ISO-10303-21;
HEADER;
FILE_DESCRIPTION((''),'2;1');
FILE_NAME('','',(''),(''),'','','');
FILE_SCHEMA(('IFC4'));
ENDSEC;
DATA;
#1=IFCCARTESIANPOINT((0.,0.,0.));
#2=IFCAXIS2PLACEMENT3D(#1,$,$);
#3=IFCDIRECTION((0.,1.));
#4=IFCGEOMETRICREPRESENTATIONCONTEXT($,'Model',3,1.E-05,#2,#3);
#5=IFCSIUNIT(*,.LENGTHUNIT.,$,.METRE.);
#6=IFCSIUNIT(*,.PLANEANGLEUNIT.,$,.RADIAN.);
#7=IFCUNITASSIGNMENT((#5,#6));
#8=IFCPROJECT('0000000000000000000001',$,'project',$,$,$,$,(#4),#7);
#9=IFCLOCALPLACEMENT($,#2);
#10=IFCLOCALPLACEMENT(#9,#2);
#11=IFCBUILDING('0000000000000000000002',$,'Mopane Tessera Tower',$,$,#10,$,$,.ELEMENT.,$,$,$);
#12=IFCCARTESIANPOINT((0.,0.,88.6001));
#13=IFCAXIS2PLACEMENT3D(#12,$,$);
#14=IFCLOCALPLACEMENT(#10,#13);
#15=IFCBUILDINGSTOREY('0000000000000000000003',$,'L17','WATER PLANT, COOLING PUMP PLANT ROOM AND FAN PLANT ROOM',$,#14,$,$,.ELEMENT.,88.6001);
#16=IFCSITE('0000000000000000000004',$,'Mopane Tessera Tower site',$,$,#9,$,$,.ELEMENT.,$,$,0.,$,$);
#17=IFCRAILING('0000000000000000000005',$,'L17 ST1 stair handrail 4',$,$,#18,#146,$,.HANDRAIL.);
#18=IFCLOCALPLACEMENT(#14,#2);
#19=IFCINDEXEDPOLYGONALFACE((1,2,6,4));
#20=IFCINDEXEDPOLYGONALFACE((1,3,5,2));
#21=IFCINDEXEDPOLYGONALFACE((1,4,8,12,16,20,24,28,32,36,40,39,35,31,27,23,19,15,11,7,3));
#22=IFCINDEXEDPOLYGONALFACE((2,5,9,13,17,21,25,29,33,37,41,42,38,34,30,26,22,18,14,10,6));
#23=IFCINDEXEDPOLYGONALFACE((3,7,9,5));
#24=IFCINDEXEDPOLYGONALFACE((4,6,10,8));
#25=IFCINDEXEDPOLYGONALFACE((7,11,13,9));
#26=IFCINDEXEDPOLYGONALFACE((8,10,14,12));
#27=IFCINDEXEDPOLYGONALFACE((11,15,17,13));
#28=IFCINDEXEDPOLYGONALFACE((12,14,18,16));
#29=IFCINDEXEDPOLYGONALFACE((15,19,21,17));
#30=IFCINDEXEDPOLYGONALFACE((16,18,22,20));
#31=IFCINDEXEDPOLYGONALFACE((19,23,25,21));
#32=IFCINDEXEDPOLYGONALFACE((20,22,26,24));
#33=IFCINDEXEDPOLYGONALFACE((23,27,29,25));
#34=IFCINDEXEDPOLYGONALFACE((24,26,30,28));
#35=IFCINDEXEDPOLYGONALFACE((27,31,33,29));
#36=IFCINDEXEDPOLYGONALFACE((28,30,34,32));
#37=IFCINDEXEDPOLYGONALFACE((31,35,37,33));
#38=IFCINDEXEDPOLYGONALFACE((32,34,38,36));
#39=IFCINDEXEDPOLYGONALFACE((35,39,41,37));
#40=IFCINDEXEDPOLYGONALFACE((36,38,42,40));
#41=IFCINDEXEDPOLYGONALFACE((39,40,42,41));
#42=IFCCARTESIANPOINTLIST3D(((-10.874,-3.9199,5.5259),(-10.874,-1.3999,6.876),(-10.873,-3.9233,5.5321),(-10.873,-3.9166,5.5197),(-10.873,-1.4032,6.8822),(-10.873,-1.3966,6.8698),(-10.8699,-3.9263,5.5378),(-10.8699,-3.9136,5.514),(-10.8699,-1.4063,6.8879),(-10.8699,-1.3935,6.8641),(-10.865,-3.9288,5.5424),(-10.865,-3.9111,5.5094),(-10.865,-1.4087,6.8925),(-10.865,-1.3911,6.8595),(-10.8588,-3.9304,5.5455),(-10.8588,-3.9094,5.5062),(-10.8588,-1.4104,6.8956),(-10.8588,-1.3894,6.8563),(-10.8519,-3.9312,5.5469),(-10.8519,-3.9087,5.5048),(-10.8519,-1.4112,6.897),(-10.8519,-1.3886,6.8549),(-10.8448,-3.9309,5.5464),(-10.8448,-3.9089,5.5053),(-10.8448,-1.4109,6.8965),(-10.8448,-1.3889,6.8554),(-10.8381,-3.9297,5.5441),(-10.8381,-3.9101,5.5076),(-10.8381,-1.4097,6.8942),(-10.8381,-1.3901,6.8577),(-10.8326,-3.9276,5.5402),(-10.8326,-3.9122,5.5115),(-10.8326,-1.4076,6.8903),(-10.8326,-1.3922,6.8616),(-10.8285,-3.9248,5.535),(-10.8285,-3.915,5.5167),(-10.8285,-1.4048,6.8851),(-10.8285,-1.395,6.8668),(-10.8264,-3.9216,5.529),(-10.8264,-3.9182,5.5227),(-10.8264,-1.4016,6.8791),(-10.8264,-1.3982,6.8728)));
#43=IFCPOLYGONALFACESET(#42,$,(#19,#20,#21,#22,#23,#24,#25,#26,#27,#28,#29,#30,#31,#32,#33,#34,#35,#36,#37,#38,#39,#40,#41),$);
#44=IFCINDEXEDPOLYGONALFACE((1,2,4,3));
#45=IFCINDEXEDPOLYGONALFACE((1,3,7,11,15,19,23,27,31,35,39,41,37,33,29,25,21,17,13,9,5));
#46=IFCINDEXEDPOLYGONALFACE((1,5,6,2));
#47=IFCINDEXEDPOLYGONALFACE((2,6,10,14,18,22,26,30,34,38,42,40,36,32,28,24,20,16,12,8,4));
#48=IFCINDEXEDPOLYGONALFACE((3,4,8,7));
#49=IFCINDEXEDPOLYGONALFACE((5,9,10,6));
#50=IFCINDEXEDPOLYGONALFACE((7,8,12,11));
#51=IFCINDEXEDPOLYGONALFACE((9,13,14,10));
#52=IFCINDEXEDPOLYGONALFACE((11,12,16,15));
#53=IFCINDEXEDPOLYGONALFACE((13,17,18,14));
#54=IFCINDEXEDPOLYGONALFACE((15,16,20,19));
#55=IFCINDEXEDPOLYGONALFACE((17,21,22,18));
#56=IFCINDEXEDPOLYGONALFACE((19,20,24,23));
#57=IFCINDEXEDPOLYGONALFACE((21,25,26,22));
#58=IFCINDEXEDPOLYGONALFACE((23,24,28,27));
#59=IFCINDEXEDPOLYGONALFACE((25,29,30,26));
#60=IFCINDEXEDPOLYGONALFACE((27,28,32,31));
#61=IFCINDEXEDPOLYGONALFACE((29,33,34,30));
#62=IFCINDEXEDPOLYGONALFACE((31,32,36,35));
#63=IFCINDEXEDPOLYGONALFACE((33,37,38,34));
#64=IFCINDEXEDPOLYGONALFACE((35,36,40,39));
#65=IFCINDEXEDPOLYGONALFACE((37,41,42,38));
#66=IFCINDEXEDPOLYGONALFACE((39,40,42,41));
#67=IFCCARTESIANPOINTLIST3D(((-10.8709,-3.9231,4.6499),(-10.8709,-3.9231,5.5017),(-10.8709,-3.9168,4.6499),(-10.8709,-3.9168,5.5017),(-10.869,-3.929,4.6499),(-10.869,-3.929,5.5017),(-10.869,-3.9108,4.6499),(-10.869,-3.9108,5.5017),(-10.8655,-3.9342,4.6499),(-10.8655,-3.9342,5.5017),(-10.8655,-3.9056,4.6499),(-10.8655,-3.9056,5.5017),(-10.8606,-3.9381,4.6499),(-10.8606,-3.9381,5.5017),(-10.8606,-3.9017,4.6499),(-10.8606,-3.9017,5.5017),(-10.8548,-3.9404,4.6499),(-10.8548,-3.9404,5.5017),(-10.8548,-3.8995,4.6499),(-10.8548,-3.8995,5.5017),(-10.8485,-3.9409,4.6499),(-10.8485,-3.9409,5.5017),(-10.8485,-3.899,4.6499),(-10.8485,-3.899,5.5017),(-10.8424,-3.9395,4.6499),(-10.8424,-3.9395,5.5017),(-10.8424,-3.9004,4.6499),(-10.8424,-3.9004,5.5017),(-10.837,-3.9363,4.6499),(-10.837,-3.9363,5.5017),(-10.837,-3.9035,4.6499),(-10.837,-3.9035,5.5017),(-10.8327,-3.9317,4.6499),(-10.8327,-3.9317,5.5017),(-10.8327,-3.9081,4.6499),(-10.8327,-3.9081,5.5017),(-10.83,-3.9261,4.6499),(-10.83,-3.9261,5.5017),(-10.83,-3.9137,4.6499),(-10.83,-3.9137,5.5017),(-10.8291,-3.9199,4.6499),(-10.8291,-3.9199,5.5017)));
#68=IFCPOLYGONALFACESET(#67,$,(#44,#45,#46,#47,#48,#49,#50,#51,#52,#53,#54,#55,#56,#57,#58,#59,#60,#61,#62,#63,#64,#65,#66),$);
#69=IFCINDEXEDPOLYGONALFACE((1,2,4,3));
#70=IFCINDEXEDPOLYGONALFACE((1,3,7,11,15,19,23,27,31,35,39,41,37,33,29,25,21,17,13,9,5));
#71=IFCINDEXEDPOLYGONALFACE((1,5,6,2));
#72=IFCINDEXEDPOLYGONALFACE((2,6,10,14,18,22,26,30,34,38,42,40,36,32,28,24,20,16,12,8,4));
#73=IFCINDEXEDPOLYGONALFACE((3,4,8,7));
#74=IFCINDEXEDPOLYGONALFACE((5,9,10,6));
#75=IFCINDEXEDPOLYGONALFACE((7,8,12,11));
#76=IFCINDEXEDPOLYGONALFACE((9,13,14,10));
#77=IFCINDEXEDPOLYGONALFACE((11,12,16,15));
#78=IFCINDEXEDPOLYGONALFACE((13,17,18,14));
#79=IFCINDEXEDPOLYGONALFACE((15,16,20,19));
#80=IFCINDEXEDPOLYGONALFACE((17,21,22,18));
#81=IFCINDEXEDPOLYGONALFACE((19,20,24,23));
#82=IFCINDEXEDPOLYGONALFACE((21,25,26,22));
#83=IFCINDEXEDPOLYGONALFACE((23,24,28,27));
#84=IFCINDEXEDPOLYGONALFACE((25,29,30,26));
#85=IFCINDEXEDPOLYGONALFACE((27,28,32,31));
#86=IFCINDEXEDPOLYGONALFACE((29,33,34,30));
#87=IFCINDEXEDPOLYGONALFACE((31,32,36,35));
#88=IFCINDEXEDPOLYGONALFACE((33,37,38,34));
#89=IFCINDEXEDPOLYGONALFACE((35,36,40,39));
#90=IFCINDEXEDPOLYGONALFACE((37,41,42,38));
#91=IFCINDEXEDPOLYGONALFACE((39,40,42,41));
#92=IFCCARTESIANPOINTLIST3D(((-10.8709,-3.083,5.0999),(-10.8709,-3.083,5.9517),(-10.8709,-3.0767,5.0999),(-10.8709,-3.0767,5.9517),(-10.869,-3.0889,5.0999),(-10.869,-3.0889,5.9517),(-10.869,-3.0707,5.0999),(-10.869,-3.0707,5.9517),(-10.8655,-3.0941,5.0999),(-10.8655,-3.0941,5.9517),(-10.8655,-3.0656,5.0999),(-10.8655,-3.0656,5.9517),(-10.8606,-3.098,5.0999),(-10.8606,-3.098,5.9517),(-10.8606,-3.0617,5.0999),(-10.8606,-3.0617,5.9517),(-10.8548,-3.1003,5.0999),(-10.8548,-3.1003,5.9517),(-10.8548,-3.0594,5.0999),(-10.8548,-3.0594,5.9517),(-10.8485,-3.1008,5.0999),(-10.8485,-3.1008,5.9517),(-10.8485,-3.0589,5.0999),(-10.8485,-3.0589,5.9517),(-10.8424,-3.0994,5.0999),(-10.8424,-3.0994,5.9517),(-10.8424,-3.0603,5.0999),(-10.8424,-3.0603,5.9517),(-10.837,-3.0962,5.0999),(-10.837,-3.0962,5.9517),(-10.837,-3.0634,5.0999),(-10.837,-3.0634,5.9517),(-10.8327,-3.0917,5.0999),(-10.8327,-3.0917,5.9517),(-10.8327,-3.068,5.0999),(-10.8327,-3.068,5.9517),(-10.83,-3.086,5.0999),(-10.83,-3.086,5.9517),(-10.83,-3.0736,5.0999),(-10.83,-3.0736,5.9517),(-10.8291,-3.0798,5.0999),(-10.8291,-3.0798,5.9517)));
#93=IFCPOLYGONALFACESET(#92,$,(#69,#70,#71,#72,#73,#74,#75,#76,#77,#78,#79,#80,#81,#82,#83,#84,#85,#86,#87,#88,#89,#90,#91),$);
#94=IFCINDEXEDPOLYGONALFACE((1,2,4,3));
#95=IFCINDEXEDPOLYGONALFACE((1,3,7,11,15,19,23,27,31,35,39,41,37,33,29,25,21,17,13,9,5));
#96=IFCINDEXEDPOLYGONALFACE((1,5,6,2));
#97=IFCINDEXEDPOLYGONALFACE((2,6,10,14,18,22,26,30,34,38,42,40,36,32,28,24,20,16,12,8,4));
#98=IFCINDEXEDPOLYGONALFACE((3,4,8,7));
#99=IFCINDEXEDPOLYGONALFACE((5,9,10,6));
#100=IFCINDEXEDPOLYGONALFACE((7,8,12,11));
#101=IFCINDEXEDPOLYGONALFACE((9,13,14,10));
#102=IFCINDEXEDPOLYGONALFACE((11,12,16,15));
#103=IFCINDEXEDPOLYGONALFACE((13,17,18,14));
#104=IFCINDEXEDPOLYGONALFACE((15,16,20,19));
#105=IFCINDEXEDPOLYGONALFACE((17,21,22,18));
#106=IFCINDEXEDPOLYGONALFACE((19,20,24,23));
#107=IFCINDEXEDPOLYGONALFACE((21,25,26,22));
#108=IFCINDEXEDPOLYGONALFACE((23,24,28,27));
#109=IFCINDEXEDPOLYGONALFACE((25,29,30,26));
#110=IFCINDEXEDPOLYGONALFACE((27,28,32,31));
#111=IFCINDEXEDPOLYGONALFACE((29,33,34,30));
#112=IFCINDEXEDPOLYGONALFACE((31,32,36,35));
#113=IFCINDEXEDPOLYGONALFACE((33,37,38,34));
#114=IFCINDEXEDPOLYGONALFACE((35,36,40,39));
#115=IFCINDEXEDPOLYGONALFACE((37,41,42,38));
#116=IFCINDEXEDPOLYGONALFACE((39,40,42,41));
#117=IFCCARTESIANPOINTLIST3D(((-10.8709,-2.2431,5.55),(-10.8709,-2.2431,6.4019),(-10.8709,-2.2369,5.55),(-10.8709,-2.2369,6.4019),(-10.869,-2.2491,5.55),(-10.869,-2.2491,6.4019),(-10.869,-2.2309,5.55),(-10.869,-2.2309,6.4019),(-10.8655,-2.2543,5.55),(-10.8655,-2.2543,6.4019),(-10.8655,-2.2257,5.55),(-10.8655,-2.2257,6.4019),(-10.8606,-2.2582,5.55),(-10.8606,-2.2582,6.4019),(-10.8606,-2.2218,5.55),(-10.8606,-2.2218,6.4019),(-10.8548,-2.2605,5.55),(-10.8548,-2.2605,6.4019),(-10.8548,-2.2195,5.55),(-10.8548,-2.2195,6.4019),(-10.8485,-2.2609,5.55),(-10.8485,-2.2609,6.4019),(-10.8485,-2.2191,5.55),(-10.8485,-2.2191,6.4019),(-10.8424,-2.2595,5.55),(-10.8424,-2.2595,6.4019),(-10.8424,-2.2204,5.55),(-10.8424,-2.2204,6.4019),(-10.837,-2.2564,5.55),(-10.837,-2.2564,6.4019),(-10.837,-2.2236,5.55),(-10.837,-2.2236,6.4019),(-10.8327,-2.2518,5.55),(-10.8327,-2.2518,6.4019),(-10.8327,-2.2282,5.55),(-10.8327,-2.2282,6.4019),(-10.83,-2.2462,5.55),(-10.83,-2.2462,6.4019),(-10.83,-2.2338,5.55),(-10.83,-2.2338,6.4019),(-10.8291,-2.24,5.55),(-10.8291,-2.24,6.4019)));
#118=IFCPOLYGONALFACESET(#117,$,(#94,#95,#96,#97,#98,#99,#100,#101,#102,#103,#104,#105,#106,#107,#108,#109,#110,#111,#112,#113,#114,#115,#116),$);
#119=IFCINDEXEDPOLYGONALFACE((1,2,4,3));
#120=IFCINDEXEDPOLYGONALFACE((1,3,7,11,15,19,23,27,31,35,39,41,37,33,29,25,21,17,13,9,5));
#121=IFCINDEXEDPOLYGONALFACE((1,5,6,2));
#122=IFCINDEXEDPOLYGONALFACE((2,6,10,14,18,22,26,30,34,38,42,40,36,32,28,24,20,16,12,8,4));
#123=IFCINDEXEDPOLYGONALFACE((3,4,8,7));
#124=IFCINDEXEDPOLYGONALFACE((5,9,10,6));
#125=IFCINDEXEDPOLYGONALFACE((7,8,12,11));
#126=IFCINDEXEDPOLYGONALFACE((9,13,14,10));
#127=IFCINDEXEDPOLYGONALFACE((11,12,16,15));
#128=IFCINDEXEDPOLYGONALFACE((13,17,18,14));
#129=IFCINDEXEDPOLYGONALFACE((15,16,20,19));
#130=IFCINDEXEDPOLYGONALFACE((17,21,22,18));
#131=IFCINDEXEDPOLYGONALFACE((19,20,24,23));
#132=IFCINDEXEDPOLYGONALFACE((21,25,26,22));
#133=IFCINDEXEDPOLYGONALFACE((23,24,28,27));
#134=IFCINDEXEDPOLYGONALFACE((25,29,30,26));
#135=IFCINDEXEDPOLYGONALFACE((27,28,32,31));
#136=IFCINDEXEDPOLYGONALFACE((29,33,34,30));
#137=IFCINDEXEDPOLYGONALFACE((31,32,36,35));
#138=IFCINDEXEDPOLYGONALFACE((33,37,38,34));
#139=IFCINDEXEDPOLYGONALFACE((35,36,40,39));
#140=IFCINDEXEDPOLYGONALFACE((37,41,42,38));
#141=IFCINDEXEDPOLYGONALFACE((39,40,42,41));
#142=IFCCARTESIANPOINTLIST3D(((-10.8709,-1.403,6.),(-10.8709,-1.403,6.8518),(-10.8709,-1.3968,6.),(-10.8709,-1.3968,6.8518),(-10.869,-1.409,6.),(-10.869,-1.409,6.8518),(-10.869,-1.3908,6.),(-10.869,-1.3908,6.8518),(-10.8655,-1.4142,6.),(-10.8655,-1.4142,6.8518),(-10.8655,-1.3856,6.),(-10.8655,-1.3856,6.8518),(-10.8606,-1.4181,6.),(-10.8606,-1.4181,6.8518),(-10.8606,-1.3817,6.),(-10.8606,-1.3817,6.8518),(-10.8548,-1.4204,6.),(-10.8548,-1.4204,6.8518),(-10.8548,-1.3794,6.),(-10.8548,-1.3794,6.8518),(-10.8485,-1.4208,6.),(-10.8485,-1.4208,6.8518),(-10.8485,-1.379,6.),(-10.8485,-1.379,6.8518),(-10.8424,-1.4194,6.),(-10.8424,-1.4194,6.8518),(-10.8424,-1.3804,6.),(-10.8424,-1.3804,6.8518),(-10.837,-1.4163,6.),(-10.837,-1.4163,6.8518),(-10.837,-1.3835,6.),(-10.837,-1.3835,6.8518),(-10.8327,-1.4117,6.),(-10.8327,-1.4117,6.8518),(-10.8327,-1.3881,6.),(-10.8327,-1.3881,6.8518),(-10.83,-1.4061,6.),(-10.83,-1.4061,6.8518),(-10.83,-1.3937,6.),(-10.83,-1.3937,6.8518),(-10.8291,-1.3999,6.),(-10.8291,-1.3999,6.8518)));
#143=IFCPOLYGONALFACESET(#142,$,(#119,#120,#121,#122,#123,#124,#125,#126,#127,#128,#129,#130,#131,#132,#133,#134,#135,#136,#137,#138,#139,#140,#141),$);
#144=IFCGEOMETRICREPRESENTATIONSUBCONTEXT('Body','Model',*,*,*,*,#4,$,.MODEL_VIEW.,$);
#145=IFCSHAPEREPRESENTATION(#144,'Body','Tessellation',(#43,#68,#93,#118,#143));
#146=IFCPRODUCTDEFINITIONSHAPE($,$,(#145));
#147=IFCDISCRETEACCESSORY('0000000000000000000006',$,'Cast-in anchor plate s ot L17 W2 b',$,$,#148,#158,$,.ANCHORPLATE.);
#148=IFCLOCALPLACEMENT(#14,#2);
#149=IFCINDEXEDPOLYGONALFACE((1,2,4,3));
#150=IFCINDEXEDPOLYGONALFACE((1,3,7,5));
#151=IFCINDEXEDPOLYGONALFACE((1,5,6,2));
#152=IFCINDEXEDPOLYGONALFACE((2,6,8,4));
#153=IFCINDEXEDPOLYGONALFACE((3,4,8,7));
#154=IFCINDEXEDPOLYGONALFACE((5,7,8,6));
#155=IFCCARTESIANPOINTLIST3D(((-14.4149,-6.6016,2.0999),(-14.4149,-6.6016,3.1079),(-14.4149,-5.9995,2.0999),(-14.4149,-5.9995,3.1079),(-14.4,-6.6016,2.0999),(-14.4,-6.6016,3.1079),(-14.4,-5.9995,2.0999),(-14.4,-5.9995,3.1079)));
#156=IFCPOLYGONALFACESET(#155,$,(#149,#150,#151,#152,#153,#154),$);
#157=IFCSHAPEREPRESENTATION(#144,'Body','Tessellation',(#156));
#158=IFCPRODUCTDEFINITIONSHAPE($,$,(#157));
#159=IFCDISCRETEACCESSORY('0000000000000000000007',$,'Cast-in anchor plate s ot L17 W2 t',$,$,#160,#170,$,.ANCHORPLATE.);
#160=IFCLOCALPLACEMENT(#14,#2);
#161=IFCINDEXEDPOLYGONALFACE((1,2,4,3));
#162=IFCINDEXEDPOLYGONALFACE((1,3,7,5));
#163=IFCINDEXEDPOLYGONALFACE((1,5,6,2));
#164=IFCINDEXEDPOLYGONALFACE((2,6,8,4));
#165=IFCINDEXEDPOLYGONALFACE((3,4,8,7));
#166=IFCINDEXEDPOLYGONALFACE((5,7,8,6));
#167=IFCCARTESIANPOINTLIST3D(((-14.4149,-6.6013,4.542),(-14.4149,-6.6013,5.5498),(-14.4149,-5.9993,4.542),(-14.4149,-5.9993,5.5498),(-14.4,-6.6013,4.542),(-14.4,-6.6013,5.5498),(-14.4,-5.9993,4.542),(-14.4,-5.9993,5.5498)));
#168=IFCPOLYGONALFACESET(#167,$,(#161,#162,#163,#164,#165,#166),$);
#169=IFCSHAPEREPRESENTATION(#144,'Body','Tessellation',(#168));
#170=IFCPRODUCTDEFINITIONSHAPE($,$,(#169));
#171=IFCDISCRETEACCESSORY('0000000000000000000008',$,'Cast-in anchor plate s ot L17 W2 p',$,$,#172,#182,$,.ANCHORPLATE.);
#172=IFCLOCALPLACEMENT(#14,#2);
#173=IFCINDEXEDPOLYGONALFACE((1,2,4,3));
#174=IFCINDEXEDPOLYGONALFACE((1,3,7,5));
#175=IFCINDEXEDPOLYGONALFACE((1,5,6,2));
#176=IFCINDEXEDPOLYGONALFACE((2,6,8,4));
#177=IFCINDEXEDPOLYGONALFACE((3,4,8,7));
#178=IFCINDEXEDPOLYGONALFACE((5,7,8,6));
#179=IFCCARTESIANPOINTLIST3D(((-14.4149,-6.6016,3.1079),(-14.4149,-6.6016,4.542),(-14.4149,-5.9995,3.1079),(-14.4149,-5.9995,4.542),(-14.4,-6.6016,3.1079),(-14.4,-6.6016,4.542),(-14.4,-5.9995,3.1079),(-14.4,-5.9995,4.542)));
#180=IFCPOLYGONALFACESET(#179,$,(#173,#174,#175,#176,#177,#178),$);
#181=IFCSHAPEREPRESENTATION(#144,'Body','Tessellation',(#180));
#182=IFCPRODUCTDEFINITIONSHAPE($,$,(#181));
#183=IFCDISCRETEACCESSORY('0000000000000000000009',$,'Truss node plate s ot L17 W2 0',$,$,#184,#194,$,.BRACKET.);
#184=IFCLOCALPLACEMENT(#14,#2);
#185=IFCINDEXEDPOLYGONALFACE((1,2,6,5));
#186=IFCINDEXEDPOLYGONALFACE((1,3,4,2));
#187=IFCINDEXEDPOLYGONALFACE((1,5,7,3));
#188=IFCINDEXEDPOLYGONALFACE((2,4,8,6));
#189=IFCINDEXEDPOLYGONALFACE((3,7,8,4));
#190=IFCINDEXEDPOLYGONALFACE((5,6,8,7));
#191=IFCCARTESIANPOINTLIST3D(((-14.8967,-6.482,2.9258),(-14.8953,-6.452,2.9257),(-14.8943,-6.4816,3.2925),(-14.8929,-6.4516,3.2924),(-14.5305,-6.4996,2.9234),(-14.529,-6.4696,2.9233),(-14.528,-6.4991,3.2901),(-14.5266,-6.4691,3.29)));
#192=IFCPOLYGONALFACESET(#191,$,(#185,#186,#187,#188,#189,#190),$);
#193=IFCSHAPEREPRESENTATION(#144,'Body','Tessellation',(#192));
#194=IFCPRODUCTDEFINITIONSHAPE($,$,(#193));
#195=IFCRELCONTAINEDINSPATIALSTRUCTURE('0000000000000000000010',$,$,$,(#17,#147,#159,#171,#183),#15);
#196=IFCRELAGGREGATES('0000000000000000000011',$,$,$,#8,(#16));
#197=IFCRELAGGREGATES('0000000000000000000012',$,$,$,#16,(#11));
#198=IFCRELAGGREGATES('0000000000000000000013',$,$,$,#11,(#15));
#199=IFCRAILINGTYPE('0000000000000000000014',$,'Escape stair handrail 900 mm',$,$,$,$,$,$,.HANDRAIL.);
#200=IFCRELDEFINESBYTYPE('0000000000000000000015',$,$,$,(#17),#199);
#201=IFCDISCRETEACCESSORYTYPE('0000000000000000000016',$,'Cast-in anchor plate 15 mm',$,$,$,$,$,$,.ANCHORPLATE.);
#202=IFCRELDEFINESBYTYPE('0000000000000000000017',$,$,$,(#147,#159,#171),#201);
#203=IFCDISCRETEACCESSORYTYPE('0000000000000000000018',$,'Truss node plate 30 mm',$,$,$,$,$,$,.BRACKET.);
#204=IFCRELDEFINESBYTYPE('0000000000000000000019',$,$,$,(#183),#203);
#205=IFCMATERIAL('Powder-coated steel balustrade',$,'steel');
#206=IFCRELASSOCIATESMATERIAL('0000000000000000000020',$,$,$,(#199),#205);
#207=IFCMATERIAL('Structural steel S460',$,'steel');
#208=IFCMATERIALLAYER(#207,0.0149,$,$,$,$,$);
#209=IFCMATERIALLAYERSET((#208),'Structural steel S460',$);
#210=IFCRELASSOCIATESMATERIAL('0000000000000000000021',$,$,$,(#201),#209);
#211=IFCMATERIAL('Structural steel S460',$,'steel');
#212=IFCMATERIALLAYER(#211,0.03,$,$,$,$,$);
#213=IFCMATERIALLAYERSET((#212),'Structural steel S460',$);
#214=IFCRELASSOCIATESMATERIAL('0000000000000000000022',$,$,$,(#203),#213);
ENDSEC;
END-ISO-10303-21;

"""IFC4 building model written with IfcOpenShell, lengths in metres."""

from ifc_helpers import new_model, si_unit, direction, frame, origin, origin_2d, place, context, subcontext, project, spatial, rectangle, circle, extrude, material, layer, layer_set, type_object, element, save


model = new_model("IFC4")

# Units and contexts
model_context = context("Model", 3, precision=1e-05, world=origin(), true_north=direction((0.0, 1.0)))
body_context = subcontext(model_context, "Body", "Model", "MODEL_VIEW")
ifc_project = project(units=[si_unit("LENGTHUNIT", "METRE"), si_unit("PLANEANGLEUNIT", "RADIAN")], contexts=[model_context])

# Site, building, storey
site_placement = place(None, origin())
site = spatial("IfcSite", under=ifc_project, at=site_placement, Name="Mopane Tessera Tower site", CompositionType="ELEMENT", RefElevation=0.0)
building_placement = place(site_placement, origin())
building = spatial("IfcBuilding", under=site, at=building_placement, Name="Mopane Tessera Tower", CompositionType="ELEMENT")
storey_placement = place(building_placement, frame((0.0, 0.0, 88.6001)))
storey = spatial("IfcBuildingStorey", under=building, at=storey_placement, Name="L17", Description="WATER PLANT, COOLING PUMP PLANT ROOM AND FAN PLANT ROOM", CompositionType="ELEMENT", Elevation=88.6001)

# Railing
ifc_material_1 = material(Name="Powder-coated steel balustrade", Category="steel")
railing_type_1 = type_object("IfcRailingType", Name="Escape stair handrail 900 mm", PredefinedType="HANDRAIL", material=ifc_material_1)
railing_1_placement = place(storey_placement, frame((-10.8501, -3.9199, 4.6499)))
element("IfcRailing", 1, at=railing_1_placement, inside=storey, type_object=railing_type_1, Name="L17 ST1 stair handrail 4", PredefinedType="HANDRAIL", context=body_context, shape_type="SweptSolid", body=[
    extrude(circle(Radius=0.0239, at=origin_2d()), frame((0.0, 0.0, 0.876), z_axis=(0.0, 0.881467, 0.472245), x_axis=(-1.0, 0.0, 0.0)), (0.0, 0.0, 1.0), 2.8589),
    extrude(circle(Radius=0.021, at=origin_2d()), origin(), (0.0, 0.0, 1.0), 0.8518),
    extrude(circle(Radius=0.021, at=origin_2d()), frame((0.0, 0.8401, 0.45)), (0.0, 0.0, 1.0), 0.8518),
    extrude(circle(Radius=0.021, at=origin_2d()), frame((0.0, 1.6799, 0.9001)), (0.0, 0.0, 1.0), 0.8518),
    extrude(circle(Radius=0.021, at=origin_2d()), frame((0.0, 2.52, 1.3501)), (0.0, 0.0, 1.0), 0.8518),
])

# Discrete accessories
ifc_material_2 = material(Name="Structural steel S460", Category="steel")
ifc_layer_1 = layer(ifc_material_2, 0.0149)
ifc_layer_set_1 = layer_set([ifc_layer_1], Name="Structural steel S460")
discrete_accessory_type_1 = type_object("IfcDiscreteAccessoryType", Name="Cast-in anchor plate 15 mm", PredefinedType="ANCHORPLATE", material=ifc_layer_set_1)
discrete_accessory_1_placement = place(storey_placement, frame((-14.4075, -6.3005, 2.0999), z_axis=(0.0, 0.0, 1.0), x_axis=(-1.0, 0.0, 0.0)))
element("IfcDiscreteAccessory", 2, at=discrete_accessory_1_placement, inside=storey, type_object=discrete_accessory_type_1, Name="Cast-in anchor plate s ot L17 W2 b", PredefinedType="ANCHORPLATE", context=body_context, shape_type="SweptSolid", body=[
    extrude(rectangle(XDim=0.0149, YDim=0.6021, at=origin_2d()), origin(), (0.0, 0.0, 1.0), 1.0081),
])
discrete_accessory_2_placement = place(storey_placement, frame((-14.4075, -6.3003, 4.542), z_axis=(0.0, 0.0, 1.0), x_axis=(-1.0, 0.0, 0.0)))
element("IfcDiscreteAccessory", 3, at=discrete_accessory_2_placement, inside=storey, type_object=discrete_accessory_type_1, Name="Cast-in anchor plate s ot L17 W2 t", PredefinedType="ANCHORPLATE", context=body_context, shape_type="SweptSolid", body=[
    extrude(rectangle(XDim=0.0149, YDim=0.6021, at=origin_2d()), origin(), (0.0, 0.0, 1.0), 1.0078),
])
discrete_accessory_3_placement = place(storey_placement, frame((-14.4075, -6.3005, 3.1079), z_axis=(0.0, 0.0, 1.0), x_axis=(-1.0, 0.0, 0.0)))
element("IfcDiscreteAccessory", 4, at=discrete_accessory_3_placement, inside=storey, type_object=discrete_accessory_type_1, Name="Cast-in anchor plate s ot L17 W2 p", PredefinedType="ANCHORPLATE", context=body_context, shape_type="SweptSolid", body=[
    extrude(rectangle(XDim=0.0149, YDim=0.6021, at=origin_2d()), origin(), (0.0, 0.0, 1.0), 1.4341),
])
ifc_material_3 = material(Name="Structural steel S460", Category="steel")
ifc_layer_2 = layer(ifc_material_3, 0.03)
ifc_layer_set_2 = layer_set([ifc_layer_2], Name="Structural steel S460")
discrete_accessory_type_2 = type_object("IfcDiscreteAccessoryType", Name="Truss node plate 30 mm", PredefinedType="BRACKET", material=ifc_layer_set_2)
discrete_accessory_4_placement = place(storey_placement, frame((-14.7129, -6.4758, 2.9246), z_axis=(0.006658, 0.001332, 0.999977), x_axis=(-0.047896, -0.998851, 0.001649)))
element("IfcDiscreteAccessory", 5, at=discrete_accessory_4_placement, inside=storey, type_object=discrete_accessory_type_2, Name="Truss node plate s ot L17 W2 0", PredefinedType="BRACKET", context=body_context, shape_type="SweptSolid", body=[
    extrude(rectangle(XDim=0.03, YDim=0.3667, at=origin_2d()), origin(), (0.0, 0.0, 1.0), 0.3667),
])

save(model, "model.ifc")
